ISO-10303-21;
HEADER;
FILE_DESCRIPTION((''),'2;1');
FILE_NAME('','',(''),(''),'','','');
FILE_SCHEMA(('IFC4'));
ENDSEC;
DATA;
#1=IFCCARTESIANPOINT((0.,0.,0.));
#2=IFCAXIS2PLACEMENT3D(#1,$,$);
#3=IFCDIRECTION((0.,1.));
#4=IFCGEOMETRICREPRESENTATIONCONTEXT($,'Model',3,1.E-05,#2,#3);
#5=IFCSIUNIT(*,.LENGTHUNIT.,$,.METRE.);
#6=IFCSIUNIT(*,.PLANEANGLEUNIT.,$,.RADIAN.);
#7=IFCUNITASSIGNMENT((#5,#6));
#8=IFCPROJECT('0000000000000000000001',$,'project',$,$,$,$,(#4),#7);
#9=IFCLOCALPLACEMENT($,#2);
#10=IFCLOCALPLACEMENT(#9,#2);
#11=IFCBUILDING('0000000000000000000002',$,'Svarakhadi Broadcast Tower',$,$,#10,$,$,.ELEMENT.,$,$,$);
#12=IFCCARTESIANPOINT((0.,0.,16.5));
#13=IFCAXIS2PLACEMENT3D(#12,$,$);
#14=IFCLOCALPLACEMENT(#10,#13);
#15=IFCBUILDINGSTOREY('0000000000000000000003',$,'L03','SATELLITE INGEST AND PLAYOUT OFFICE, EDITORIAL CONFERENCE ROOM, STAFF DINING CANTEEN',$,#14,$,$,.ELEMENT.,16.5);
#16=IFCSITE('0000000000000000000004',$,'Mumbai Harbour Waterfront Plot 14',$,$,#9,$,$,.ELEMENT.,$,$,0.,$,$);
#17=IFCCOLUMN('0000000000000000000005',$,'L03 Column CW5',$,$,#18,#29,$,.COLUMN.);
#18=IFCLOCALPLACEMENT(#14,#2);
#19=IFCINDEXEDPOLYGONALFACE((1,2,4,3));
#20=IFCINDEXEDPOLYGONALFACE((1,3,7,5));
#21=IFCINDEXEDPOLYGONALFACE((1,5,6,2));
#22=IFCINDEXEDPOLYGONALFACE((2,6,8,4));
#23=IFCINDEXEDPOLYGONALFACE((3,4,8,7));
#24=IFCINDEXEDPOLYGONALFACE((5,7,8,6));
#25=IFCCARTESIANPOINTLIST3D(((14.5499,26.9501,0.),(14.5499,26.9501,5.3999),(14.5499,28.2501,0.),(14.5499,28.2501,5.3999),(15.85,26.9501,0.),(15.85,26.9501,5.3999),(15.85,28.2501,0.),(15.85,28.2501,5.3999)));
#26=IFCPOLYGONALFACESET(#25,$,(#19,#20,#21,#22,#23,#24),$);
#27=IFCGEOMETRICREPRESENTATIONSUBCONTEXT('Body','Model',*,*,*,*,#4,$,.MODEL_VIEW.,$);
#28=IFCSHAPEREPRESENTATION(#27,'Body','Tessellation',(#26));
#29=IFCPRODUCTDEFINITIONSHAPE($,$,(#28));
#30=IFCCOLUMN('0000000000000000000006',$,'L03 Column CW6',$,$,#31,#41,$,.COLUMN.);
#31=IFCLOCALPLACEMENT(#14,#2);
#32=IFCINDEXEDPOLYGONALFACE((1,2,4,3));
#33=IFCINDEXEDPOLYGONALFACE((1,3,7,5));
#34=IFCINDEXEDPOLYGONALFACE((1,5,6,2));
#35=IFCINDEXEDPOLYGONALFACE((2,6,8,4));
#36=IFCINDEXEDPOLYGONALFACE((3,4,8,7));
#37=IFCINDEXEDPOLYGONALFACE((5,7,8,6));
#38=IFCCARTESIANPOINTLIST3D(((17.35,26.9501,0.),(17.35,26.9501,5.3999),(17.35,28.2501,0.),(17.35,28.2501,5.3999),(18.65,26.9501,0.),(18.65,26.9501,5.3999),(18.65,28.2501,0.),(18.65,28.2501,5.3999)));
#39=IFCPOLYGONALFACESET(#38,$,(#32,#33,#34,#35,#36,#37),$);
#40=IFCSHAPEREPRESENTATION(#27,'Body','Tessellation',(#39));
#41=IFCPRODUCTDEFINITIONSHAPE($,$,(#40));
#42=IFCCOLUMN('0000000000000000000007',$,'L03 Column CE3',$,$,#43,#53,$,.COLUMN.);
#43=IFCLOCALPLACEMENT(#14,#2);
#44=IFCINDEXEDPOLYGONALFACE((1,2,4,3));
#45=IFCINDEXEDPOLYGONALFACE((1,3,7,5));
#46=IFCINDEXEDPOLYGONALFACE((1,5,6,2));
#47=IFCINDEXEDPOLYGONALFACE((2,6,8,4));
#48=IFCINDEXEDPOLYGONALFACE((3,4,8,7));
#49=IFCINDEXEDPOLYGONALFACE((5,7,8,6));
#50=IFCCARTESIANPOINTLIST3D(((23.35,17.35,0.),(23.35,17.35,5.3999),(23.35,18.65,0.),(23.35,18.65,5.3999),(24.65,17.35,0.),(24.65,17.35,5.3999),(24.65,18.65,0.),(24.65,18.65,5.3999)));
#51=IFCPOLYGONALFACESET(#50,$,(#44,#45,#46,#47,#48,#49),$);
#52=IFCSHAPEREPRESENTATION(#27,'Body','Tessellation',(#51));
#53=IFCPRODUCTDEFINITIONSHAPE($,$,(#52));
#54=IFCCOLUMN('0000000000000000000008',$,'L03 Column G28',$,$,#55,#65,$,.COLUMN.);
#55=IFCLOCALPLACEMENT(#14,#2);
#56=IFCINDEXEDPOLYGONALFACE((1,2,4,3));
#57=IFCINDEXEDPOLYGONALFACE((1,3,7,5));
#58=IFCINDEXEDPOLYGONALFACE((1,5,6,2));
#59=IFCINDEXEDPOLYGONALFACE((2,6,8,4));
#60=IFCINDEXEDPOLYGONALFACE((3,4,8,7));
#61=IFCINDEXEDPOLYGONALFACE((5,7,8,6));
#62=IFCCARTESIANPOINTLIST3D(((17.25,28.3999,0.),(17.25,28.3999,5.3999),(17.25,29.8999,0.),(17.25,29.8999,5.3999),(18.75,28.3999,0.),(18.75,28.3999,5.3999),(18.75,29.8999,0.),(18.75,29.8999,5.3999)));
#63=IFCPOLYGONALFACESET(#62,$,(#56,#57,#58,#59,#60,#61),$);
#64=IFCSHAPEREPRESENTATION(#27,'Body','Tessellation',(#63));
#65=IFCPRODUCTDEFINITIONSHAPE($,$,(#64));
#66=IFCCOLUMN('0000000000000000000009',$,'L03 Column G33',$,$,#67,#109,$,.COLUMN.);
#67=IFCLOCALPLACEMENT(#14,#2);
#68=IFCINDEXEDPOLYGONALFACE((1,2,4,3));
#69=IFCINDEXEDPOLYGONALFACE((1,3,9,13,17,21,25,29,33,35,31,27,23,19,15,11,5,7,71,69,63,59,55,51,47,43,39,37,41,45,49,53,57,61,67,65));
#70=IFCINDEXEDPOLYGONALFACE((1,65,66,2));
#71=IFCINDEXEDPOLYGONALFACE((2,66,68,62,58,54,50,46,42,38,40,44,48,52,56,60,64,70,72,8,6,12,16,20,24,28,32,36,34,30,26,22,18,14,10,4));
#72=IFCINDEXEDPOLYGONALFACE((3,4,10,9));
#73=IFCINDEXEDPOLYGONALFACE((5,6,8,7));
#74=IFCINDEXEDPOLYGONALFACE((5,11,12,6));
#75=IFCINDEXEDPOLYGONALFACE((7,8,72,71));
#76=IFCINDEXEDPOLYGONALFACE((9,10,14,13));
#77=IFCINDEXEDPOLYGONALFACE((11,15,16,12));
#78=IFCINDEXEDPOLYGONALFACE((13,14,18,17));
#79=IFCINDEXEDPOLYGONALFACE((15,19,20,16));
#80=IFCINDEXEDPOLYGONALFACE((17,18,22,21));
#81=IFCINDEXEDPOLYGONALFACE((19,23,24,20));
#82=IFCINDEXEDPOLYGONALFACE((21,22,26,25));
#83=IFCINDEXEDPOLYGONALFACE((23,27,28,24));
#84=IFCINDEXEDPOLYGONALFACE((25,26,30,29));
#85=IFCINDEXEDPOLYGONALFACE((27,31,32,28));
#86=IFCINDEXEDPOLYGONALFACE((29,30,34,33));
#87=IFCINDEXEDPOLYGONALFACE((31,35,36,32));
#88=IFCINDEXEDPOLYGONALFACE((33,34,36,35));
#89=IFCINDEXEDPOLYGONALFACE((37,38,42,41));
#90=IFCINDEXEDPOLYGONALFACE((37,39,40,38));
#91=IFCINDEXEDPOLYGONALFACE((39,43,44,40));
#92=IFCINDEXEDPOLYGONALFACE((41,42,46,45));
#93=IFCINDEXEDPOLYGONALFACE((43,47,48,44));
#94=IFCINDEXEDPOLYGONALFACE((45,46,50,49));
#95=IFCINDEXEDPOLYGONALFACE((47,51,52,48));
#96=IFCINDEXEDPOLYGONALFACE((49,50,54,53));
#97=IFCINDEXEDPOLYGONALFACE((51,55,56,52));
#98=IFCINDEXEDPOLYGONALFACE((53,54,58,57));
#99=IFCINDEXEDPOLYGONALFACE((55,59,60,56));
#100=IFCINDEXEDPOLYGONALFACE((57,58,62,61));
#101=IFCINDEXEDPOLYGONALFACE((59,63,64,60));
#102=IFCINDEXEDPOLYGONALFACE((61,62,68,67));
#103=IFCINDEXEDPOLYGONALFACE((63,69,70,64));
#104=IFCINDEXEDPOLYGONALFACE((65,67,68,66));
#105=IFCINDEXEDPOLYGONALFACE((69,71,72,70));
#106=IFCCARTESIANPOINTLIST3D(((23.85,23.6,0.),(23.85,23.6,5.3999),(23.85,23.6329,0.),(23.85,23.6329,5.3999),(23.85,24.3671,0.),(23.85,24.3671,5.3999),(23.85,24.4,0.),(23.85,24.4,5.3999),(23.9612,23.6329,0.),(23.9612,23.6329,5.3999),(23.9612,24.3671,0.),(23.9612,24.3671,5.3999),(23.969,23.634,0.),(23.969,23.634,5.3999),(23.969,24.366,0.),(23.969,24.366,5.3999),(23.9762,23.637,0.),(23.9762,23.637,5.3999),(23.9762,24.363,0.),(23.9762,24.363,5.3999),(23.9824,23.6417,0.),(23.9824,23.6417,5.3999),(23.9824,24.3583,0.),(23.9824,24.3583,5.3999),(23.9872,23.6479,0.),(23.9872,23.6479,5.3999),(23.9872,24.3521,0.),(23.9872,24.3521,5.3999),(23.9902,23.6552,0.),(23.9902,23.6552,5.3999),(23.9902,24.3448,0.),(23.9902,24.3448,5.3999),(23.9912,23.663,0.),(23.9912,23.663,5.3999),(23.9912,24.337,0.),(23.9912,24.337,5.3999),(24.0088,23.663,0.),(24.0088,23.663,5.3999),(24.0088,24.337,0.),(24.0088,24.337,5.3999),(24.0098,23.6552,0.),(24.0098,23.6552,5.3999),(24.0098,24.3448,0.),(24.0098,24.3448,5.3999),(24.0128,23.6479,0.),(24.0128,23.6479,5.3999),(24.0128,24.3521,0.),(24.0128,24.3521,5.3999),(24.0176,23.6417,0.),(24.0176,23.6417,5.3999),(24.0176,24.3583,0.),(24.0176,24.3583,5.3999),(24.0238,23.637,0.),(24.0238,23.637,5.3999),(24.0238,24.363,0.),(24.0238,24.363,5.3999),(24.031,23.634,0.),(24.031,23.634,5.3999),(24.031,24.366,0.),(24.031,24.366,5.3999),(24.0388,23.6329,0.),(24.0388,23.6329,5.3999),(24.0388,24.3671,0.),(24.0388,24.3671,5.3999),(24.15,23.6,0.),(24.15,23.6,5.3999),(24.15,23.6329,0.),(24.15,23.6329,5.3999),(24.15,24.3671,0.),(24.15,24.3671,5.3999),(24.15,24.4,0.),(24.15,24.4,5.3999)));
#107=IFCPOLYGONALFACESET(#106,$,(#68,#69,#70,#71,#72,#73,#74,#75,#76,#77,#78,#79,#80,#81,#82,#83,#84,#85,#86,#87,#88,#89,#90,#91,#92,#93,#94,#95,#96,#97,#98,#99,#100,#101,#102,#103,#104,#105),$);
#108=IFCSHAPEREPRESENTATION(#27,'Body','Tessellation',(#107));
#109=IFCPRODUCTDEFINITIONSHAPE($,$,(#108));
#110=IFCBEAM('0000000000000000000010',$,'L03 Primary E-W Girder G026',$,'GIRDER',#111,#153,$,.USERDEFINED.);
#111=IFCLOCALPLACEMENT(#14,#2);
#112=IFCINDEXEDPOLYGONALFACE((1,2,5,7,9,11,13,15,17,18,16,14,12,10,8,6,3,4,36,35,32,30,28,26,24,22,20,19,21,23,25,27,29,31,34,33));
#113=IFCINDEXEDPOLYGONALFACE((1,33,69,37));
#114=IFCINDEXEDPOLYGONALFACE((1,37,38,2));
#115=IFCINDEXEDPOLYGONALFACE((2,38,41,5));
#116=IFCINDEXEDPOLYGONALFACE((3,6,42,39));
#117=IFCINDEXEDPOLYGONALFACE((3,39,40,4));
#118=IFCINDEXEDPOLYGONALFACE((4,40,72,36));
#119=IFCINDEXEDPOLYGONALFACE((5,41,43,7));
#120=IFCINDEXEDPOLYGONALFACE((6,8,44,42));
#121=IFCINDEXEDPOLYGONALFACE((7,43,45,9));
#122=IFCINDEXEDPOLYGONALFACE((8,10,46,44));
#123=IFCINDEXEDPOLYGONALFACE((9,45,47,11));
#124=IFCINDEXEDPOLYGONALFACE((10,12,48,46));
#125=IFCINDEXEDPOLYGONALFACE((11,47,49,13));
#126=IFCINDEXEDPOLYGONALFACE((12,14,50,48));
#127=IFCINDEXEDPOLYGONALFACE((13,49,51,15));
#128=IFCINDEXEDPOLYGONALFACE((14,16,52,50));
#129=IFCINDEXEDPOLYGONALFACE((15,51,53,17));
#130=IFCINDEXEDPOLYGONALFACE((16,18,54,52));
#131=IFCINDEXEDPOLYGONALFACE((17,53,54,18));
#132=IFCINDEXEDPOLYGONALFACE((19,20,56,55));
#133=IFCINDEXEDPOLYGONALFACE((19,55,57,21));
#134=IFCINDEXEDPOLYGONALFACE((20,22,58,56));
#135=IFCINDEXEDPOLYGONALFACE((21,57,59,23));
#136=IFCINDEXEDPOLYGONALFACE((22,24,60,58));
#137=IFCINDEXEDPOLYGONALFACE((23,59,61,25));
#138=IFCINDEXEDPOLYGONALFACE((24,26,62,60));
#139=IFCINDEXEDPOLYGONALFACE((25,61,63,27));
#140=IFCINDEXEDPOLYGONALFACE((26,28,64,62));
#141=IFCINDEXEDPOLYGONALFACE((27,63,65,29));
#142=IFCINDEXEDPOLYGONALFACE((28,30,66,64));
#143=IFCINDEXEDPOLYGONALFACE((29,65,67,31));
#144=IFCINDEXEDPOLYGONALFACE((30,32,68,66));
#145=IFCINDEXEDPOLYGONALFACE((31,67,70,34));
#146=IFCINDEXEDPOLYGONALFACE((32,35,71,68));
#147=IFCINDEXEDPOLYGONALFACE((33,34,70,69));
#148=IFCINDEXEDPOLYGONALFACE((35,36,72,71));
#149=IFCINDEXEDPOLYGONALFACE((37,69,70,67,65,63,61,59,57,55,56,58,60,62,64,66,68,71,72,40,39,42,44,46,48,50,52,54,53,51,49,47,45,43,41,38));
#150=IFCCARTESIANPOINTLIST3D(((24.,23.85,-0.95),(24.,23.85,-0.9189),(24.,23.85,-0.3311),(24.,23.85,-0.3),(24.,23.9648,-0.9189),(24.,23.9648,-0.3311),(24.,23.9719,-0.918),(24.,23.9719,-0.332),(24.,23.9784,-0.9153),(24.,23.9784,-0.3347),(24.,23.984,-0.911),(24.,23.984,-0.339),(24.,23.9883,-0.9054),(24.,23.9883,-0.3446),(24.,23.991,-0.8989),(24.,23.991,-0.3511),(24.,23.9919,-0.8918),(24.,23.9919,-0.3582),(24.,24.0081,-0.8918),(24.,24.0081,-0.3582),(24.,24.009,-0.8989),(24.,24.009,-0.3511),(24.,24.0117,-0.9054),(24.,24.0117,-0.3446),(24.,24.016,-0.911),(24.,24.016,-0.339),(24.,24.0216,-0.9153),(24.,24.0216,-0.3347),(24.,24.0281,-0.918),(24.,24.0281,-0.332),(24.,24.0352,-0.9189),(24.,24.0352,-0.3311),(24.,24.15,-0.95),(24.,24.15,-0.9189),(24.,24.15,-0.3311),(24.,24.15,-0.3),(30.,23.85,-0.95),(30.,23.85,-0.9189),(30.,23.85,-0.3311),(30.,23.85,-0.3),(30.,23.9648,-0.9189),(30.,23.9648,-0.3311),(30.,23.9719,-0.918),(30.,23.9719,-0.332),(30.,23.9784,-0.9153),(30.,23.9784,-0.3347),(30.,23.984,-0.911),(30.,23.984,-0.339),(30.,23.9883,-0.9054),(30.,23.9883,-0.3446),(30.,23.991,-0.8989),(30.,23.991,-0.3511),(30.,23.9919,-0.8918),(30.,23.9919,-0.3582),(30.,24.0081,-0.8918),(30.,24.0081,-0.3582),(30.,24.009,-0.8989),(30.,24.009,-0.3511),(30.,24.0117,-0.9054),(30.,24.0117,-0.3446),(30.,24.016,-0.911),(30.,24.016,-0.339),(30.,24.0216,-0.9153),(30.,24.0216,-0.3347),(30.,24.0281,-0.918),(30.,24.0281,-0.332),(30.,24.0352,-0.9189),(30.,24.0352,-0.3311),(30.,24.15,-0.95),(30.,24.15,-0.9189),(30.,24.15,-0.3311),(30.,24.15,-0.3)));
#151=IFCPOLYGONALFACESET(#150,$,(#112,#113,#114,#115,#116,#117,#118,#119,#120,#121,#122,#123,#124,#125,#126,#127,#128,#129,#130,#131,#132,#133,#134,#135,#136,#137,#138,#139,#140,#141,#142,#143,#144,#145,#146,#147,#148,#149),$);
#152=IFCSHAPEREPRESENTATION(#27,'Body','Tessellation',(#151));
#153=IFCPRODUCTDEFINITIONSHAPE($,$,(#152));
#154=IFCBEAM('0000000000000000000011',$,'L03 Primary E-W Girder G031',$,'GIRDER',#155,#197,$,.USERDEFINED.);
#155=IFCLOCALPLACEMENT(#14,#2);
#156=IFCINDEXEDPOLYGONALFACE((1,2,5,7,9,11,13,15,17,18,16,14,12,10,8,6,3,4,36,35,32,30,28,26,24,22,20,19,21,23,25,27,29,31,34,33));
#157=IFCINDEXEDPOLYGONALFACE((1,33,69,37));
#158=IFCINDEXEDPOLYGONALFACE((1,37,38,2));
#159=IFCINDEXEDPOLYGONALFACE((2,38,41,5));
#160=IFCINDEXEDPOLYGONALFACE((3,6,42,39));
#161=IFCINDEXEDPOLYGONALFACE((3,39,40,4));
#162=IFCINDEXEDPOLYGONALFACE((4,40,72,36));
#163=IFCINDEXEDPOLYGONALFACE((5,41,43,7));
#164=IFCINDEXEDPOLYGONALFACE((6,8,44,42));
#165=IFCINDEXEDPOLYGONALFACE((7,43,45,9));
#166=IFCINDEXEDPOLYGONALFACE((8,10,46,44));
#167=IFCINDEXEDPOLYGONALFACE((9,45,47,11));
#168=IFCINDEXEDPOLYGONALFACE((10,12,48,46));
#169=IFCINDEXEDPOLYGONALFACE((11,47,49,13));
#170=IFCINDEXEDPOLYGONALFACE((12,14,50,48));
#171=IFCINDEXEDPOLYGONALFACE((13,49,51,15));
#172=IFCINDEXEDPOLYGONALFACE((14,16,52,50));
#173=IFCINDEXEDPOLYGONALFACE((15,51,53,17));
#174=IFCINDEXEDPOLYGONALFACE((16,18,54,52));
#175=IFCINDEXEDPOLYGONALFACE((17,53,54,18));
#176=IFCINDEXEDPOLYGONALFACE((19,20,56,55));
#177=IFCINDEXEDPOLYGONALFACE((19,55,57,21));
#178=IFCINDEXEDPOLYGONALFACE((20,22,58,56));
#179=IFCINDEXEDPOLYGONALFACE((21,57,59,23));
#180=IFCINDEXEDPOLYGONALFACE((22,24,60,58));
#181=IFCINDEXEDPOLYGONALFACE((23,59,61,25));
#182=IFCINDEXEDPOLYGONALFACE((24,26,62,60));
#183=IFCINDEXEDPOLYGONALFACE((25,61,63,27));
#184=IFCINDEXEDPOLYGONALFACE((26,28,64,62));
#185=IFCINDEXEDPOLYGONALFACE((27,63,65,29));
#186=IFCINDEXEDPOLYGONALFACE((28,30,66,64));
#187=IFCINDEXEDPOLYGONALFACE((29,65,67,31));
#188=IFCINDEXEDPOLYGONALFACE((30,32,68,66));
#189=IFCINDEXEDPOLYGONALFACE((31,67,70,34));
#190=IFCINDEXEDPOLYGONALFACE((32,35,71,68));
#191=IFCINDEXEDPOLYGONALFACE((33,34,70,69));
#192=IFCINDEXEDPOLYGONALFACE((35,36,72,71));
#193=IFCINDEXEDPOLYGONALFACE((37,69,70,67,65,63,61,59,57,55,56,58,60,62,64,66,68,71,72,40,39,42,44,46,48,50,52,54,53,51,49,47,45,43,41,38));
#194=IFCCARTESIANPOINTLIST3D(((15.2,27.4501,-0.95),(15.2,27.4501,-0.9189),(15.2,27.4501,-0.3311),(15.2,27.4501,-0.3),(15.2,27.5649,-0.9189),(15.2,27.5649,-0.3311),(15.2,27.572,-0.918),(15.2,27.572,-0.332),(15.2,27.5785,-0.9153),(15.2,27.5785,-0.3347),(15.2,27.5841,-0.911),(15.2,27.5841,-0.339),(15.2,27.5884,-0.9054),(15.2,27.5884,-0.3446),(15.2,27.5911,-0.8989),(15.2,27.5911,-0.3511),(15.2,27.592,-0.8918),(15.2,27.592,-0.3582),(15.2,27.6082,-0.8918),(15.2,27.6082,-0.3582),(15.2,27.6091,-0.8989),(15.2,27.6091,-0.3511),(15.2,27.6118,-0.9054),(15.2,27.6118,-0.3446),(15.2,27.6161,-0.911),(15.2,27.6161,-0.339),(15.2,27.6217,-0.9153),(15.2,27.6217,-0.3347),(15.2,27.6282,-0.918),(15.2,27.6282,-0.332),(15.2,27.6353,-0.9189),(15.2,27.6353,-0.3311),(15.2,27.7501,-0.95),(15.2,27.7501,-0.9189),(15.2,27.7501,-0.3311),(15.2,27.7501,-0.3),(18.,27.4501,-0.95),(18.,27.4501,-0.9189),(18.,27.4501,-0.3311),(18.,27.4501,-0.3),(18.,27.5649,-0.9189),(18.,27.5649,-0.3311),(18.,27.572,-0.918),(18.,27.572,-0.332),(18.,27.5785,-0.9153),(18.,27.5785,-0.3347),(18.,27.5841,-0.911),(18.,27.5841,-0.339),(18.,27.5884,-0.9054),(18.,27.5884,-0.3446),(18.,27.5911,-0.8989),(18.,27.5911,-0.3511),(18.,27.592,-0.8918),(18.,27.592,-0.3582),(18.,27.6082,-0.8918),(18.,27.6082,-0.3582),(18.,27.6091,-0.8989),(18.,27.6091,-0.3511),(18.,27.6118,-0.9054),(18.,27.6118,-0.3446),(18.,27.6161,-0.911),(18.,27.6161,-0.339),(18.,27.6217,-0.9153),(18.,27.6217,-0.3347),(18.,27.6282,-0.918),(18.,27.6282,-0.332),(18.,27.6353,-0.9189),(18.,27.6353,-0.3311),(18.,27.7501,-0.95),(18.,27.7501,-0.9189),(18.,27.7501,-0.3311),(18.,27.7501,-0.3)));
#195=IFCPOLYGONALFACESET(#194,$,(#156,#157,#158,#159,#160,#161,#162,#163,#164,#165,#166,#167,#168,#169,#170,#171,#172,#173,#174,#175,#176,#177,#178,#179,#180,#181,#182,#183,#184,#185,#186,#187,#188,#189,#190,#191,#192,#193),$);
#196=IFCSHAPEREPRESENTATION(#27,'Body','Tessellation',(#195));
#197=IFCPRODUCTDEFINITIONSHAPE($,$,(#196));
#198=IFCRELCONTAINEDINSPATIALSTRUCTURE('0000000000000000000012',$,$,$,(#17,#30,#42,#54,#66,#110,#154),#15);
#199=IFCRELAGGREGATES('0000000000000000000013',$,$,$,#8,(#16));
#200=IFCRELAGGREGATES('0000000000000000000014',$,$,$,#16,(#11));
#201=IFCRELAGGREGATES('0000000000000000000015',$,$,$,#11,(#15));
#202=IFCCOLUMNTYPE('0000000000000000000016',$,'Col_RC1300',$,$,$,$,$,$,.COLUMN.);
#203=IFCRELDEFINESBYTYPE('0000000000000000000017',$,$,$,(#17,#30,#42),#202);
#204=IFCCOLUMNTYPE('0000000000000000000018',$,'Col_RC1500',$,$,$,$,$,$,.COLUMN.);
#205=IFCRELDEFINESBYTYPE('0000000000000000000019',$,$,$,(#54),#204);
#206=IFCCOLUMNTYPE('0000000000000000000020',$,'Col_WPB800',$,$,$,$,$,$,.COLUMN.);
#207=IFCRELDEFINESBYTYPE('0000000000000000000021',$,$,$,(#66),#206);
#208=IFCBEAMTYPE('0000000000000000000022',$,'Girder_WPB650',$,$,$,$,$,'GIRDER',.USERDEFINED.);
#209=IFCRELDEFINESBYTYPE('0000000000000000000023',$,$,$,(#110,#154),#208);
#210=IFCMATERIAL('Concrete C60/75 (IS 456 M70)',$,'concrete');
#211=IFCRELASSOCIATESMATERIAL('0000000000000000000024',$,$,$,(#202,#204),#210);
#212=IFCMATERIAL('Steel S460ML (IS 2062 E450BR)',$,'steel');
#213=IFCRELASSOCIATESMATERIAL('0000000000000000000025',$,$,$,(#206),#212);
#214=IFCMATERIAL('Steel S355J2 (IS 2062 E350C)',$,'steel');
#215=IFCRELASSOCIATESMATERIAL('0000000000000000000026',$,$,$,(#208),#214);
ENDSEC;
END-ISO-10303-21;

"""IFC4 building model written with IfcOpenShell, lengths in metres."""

from ifc_helpers import new_model, si_unit, direction, frame, origin, origin_2d, place, context, subcontext, project, spatial, rectangle, i_section, extrude, material, material_profile, profile_set, type_object, element, save


model = new_model("IFC4")

# Units and contexts
model_context = context("Model", 3, precision=1e-05, world=origin(), true_north=direction((0.0, 1.0)))
body_context = subcontext(model_context, "Body", "Model", "MODEL_VIEW")
ifc_project = project(units=[si_unit("LENGTHUNIT", "METRE"), si_unit("PLANEANGLEUNIT", "RADIAN")], contexts=[model_context])

# Site, building, storey
site_placement = place(None, origin())
site = spatial("IfcSite", under=ifc_project, at=site_placement, Name="Mumbai Harbour Waterfront Plot 14", CompositionType="ELEMENT", RefElevation=0.0)
building_placement = place(site_placement, origin())
building = spatial("IfcBuilding", under=site, at=building_placement, Name="Svarakhadi Broadcast Tower", CompositionType="ELEMENT")
storey_placement = place(building_placement, frame((0.0, 0.0, 16.5)))
storey = spatial("IfcBuildingStorey", under=building, at=storey_placement, Name="L03", Description="SATELLITE INGEST AND PLAYOUT OFFICE, EDITORIAL CONFERENCE ROOM, STAFF DINING CANTEEN", CompositionType="ELEMENT", Elevation=16.5)

# Columns
ifc_material_1 = material(Name="Concrete C60/75 (IS 456 M70)", Category="concrete")
ifc_material_profile_1 = material_profile(ifc_material_1, rectangle(XDim=1.3, YDim=1.3, at=origin_2d()), Name="RC 1300x1300")
ifc_profile_set_1 = profile_set([ifc_material_profile_1], Name="Concrete C60/75 (IS 456 M70)")
column_type_1 = type_object("IfcColumnType", Name="Col_RC1300", PredefinedType="COLUMN", material=ifc_profile_set_1)
for number, where, z_axis, x_axis, name in (
    (1, (15.2, 27.6001, 0.0), (0.0, 0.0, 1.0), (1.0, 0.0, 0.0), "L03 Column CW5"),
    (2, (18.0, 27.6001, 0.0), (0.0, 0.0, 1.0), (1.0, 0.0, 0.0), "L03 Column CW6"),
    (3, (24.0, 18.0, 0.0), (0.0, 0.0, 1.0), (1.0, 0.0, 0.0), "L03 Column CE3"),
):
    element("IfcColumn", number, at=place(storey_placement, frame(where, z_axis=z_axis, x_axis=x_axis)), inside=storey, type_object=column_type_1, Name=name, PredefinedType="COLUMN", context=body_context, shape_type="SweptSolid", body=[
        extrude(rectangle(XDim=1.3, YDim=1.3, at=origin_2d()), origin(), (0.0, 0.0, 1.0), 5.3999),
    ])
ifc_material_profile_2 = material_profile(ifc_material_1, rectangle(XDim=1.5, YDim=1.5, at=origin_2d()), Name="RC 1500x1500")
ifc_profile_set_2 = profile_set([ifc_material_profile_2], Name="Concrete C60/75 (IS 456 M70)")
column_type_2 = type_object("IfcColumnType", Name="Col_RC1500", PredefinedType="COLUMN", material=ifc_profile_set_2)
column_1_placement = place(storey_placement, frame((18.0, 29.1499, 0.0), z_axis=(0.0, 0.0, 1.0), x_axis=(1.0, 0.0, 0.0)))
element("IfcColumn", 4, at=column_1_placement, inside=storey, type_object=column_type_2, Name="L03 Column G28", PredefinedType="COLUMN", context=body_context, shape_type="SweptSolid", body=[
    extrude(rectangle(XDim=1.5, YDim=1.5, at=origin_2d()), origin(), (0.0, 0.0, 1.0), 5.3999),
])
ifc_material_2 = material(Name="Steel S460ML (IS 2062 E450BR)", Category="steel")
ifc_material_profile_3 = material_profile(ifc_material_2, i_section(OverallWidth=0.3, OverallDepth=0.8, WebThickness=0.0176, FlangeThickness=0.033, FilletRadius=0.03, at=origin_2d()), Name="WPB 800x300x262")
ifc_profile_set_3 = profile_set([ifc_material_profile_3], Name="Steel S460ML (IS 2062 E450BR)")
column_type_3 = type_object("IfcColumnType", Name="Col_WPB800", PredefinedType="COLUMN", material=ifc_profile_set_3)
column_2_placement = place(storey_placement, frame((24.0, 24.0, 0.0), z_axis=(0.0, 0.0, 1.0), x_axis=(1.0, 0.0, 0.0)))
element("IfcColumn", 5, at=column_2_placement, inside=storey, type_object=column_type_3, Name="L03 Column G33", PredefinedType="COLUMN", context=body_context, shape_type="SweptSolid", body=[
    extrude(i_section(OverallWidth=0.3, OverallDepth=0.8, WebThickness=0.0176, FlangeThickness=0.033, FilletRadius=0.03, at=origin_2d()), origin(), (0.0, 0.0, 1.0), 5.3999),
])

# Beams
ifc_material_3 = material(Name="Steel S355J2 (IS 2062 E350C)", Category="steel")
ifc_material_profile_4 = material_profile(ifc_material_3, i_section(OverallWidth=0.3, OverallDepth=0.6499, WebThickness=0.0161, FlangeThickness=0.031, FilletRadius=0.0271, at=origin_2d()), Name="WPB 650x300x225")
ifc_profile_set_4 = profile_set([ifc_material_profile_4], Name="Steel S355J2 (IS 2062 E350C)")
beam_type_1 = type_object("IfcBeamType", Name="Girder_WPB650", ElementType="GIRDER", PredefinedType="USERDEFINED", material=ifc_profile_set_4)
beam_1_placement = place(storey_placement, frame((24.0, 24.0, -0.625), z_axis=(1.0, 0.0, 0.0), x_axis=(0.0, 1.0, 0.0)))
element("IfcBeam", 6, at=beam_1_placement, inside=storey, type_object=beam_type_1, Name="L03 Primary E-W Girder G026", ObjectType="GIRDER", PredefinedType="USERDEFINED", context=body_context, shape_type="SweptSolid", body=[
    extrude(i_section(OverallWidth=0.3, OverallDepth=0.6499, WebThickness=0.0161, FlangeThickness=0.031, FilletRadius=0.0271, at=origin_2d()), origin(), (0.0, 0.0, 1.0), 6.0),
])
beam_2_placement = place(storey_placement, frame((15.2, 27.6001, -0.625), z_axis=(1.0, 0.0, 0.0), x_axis=(0.0, 1.0, 0.0)))
element("IfcBeam", 7, at=beam_2_placement, inside=storey, type_object=beam_type_1, Name="L03 Primary E-W Girder G031", ObjectType="GIRDER", PredefinedType="USERDEFINED", context=body_context, shape_type="SweptSolid", body=[
    extrude(i_section(OverallWidth=0.3, OverallDepth=0.6499, WebThickness=0.0161, FlangeThickness=0.031, FilletRadius=0.0271, at=origin_2d()), origin(), (0.0, 0.0, 1.0), 2.8),
])

save(model, "model.ifc")
